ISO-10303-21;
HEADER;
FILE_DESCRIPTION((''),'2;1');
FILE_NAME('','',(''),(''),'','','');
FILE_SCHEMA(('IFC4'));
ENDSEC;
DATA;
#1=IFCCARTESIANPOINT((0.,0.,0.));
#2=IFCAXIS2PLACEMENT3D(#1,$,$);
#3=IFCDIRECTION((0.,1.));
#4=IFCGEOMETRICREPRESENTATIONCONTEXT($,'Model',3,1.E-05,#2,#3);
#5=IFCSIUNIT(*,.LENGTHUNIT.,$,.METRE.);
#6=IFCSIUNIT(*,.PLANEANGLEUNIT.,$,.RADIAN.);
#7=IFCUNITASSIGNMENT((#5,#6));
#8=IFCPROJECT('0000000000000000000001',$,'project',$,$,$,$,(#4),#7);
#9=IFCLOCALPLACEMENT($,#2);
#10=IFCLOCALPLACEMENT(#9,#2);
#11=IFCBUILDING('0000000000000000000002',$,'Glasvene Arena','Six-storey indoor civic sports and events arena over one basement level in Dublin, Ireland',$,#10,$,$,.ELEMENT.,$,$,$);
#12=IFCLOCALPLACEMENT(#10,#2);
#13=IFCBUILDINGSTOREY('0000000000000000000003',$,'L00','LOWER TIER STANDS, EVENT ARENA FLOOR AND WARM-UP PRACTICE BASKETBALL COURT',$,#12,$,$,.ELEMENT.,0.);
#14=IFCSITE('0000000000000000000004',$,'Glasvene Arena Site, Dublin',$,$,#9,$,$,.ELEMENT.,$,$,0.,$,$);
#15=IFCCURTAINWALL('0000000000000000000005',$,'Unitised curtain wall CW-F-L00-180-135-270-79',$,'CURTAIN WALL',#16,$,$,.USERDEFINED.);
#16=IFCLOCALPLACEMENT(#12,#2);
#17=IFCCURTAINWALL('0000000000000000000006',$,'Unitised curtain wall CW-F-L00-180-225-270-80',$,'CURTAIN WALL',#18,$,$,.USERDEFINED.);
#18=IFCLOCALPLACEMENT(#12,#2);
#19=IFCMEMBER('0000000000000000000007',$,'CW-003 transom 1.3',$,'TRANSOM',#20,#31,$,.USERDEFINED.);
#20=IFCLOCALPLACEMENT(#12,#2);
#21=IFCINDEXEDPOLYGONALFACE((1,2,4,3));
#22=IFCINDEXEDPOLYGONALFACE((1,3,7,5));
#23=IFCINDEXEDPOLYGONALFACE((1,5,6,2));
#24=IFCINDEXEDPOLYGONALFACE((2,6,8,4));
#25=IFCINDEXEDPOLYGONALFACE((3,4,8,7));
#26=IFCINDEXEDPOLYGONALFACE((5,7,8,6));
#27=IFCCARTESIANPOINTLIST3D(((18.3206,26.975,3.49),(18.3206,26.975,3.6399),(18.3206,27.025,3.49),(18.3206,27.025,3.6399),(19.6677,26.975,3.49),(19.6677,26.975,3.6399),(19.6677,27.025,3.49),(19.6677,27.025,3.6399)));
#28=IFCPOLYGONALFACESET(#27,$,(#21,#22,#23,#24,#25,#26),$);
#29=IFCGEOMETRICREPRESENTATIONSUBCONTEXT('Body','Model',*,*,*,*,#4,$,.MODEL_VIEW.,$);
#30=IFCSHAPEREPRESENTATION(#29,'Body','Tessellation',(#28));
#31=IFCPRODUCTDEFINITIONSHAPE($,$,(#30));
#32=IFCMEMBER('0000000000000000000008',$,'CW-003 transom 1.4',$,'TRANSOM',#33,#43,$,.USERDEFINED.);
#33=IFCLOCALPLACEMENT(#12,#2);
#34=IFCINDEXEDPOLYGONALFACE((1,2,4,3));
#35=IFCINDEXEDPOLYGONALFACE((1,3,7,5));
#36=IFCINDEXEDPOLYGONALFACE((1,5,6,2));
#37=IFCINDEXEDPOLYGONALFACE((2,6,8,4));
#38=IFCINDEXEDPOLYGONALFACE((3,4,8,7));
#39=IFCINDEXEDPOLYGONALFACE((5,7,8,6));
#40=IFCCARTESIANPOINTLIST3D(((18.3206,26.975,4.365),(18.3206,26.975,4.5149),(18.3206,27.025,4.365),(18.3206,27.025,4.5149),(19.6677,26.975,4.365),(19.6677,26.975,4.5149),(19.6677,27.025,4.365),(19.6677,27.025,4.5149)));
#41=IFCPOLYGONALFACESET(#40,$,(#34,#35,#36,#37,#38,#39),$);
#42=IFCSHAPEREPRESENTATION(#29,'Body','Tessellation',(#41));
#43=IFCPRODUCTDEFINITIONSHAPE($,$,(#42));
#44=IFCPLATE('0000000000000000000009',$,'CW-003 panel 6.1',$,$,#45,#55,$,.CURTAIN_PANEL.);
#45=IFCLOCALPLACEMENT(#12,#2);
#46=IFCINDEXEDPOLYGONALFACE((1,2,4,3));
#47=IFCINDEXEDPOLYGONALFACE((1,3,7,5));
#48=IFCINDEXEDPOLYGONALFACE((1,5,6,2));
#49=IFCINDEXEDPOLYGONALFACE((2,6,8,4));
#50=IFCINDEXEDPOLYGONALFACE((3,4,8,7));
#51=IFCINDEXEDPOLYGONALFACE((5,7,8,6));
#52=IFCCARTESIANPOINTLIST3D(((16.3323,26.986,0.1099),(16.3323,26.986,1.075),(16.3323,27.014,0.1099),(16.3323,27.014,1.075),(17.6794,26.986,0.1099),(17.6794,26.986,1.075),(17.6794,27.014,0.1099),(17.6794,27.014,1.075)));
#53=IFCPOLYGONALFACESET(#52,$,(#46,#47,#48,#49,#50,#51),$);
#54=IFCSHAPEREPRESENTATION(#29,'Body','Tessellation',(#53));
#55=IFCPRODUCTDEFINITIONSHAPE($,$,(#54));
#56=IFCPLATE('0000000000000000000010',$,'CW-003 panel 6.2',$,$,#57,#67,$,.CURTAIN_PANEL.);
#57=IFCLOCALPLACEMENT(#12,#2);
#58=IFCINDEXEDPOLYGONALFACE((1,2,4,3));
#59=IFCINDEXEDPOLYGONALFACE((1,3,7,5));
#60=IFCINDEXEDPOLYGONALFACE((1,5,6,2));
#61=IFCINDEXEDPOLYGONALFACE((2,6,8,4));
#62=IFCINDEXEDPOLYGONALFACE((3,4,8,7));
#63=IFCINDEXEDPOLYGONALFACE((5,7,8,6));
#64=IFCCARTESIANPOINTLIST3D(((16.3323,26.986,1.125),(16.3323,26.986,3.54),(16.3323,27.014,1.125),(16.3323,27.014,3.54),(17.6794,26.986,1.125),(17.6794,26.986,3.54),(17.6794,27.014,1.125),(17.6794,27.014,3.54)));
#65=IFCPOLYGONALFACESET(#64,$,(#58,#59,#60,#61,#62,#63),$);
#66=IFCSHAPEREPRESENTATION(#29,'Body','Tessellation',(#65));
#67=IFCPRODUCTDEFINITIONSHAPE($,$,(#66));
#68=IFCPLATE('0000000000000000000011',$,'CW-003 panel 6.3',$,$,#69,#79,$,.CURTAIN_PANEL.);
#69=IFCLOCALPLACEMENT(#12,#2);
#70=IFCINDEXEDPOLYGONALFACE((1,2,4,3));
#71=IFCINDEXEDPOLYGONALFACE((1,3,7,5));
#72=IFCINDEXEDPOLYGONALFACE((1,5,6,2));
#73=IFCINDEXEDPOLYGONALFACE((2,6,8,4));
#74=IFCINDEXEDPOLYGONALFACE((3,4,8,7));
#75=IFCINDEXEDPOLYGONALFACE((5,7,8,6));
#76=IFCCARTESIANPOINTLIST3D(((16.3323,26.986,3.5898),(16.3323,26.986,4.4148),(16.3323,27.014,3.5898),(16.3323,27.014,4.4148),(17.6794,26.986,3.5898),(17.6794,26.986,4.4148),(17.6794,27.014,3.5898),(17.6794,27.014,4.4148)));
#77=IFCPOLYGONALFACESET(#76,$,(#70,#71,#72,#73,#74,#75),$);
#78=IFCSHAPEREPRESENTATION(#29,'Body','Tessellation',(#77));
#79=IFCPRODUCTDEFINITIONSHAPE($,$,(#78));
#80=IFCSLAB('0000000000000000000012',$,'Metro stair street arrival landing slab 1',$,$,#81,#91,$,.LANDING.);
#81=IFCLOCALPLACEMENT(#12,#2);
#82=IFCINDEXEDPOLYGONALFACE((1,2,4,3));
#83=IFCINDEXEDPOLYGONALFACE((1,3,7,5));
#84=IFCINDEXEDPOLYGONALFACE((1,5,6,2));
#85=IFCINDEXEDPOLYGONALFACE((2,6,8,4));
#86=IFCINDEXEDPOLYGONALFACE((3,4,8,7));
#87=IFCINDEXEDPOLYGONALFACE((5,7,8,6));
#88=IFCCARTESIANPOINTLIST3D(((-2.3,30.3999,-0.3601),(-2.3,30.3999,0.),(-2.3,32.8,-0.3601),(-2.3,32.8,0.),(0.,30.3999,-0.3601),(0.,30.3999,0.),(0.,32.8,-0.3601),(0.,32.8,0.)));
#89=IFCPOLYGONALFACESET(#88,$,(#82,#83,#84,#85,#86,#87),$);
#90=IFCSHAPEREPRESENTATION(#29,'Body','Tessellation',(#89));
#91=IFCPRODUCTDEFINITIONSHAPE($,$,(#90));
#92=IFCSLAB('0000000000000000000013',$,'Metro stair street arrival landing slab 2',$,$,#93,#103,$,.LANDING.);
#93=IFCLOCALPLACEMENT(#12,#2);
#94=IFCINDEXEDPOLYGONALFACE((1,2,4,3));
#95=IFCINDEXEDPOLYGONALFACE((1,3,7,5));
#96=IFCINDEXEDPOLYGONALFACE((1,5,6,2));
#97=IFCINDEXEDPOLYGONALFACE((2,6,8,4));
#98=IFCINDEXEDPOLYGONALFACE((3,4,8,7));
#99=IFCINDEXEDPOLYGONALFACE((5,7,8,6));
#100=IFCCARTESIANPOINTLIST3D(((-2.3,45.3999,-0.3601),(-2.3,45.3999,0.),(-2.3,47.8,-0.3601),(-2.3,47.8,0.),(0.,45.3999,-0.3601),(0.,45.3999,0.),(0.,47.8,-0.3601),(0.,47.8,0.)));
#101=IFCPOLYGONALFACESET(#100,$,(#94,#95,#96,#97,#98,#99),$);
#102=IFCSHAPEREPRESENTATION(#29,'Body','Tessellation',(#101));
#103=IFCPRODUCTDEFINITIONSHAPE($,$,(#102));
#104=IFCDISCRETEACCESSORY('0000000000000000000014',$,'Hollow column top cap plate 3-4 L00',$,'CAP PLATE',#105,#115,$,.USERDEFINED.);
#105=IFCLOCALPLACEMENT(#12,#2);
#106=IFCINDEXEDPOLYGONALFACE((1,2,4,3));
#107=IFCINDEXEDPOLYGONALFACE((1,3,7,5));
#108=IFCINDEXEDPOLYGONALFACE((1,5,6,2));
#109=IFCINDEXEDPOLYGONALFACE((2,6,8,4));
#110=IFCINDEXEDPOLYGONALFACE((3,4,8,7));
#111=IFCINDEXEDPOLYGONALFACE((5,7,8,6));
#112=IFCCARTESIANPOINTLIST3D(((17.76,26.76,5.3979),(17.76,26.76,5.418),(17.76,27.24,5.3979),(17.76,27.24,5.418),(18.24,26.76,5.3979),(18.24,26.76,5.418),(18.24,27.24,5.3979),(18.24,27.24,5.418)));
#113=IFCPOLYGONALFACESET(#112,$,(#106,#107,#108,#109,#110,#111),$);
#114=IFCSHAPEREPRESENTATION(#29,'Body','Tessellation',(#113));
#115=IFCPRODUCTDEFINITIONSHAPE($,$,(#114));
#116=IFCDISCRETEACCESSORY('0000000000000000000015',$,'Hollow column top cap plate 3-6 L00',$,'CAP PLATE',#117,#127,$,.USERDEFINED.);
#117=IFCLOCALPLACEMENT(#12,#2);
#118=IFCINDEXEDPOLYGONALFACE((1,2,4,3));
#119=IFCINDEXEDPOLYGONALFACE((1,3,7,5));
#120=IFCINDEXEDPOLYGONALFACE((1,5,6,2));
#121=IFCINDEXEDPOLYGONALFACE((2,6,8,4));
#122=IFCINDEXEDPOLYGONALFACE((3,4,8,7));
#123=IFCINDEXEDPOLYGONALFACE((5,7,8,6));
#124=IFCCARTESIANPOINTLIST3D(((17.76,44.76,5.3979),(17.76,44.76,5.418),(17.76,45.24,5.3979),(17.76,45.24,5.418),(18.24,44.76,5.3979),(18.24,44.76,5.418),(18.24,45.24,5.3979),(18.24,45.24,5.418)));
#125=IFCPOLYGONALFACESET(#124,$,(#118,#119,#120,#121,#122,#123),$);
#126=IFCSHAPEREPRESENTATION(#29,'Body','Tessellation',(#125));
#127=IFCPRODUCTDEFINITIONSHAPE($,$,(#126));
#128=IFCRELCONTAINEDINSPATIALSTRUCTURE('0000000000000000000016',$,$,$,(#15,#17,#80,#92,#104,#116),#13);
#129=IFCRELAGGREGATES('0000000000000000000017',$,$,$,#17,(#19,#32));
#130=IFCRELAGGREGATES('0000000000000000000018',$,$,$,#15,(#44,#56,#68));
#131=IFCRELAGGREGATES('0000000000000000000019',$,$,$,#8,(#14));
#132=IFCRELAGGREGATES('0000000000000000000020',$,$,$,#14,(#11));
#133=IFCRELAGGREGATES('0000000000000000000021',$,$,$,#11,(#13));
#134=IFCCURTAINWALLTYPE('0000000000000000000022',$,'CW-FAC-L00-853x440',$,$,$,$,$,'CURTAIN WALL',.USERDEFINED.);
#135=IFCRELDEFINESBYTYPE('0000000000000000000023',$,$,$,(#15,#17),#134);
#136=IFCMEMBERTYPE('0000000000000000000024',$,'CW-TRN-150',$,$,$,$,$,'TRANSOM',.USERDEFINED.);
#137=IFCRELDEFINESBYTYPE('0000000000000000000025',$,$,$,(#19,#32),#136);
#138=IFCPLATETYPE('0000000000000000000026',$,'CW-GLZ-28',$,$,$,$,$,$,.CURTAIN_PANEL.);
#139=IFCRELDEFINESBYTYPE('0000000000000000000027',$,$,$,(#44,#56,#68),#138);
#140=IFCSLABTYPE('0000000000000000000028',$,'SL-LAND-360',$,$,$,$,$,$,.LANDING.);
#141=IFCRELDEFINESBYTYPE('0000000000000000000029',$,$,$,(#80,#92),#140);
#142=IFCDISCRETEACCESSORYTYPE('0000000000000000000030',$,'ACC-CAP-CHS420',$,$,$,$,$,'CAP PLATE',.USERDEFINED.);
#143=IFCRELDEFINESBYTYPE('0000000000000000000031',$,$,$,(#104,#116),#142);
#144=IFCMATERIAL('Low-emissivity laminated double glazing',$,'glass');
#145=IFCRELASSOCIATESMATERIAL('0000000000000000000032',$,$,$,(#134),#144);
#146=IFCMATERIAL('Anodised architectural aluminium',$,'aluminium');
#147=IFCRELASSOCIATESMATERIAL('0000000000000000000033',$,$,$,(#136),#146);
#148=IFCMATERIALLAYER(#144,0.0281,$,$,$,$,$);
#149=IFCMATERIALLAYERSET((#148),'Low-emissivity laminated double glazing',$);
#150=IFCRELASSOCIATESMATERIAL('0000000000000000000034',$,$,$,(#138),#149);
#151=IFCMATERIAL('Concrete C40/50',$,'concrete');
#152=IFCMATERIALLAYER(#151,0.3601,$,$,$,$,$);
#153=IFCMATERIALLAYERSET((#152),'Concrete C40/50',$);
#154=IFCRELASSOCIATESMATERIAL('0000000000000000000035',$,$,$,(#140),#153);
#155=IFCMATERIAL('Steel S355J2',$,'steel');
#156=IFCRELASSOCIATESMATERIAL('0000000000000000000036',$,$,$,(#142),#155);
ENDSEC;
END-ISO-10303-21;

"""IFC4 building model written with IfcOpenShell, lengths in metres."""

from ifc_helpers import new_model, si_unit, direction, frame, origin, origin_2d, place, context, subcontext, project, spatial, polyline, rectangle, outline, extrude, material, layer, layer_set, material_profile, profile_set, type_object, element, aggregate, save


model = new_model("IFC4")

# Units and contexts
model_context = context("Model", 3, precision=1e-05, world=origin(), true_north=direction((0.0, 1.0)))
body_context = subcontext(model_context, "Body", "Model", "MODEL_VIEW")
ifc_project = project(units=[si_unit("LENGTHUNIT", "METRE"), si_unit("PLANEANGLEUNIT", "RADIAN")], contexts=[model_context])

# Site, building, storey
site_placement = place(None, origin())
site = spatial("IfcSite", under=ifc_project, at=site_placement, Name="Glasvene Arena Site, Dublin", CompositionType="ELEMENT", RefElevation=0.0)
building_placement = place(site_placement, origin())
building = spatial("IfcBuilding", under=site, at=building_placement, Name="Glasvene Arena", Description="Six-storey indoor civic sports and events arena over one basement level in Dublin, Ireland", CompositionType="ELEMENT")
storey_placement = place(building_placement, origin())
storey = spatial("IfcBuildingStorey", under=building, at=storey_placement, Name="L00", Description="LOWER TIER STANDS, EVENT ARENA FLOOR AND WARM-UP PRACTICE BASKETBALL COURT", CompositionType="ELEMENT", Elevation=0.0)

# Shared definitions
ifc_material_1 = material(Name="Steel S355J2", Category="steel")

# Curtain walls
ifc_material_2 = material(Name="Low-emissivity laminated double glazing", Category="glass")
curtain_wall_type = type_object("IfcCurtainWallType", Name="CW-FAC-L00-853x440", ElementType="CURTAIN WALL", PredefinedType="USERDEFINED", material=ifc_material_2)
curtain_wall_1_placement = place(storey_placement, frame((9.1965, 27.0, 0.0)))
curtain_wall_1 = element("IfcCurtainWall", 1, at=curtain_wall_1_placement, inside=storey, type_object=curtain_wall_type, Name="Unitised curtain wall CW-F-L00-180-135-270-79", ObjectType="CURTAIN WALL", PredefinedType="USERDEFINED")
ifc_material_3 = material(Name="Anodised architectural aluminium", Category="aluminium")
curtain_wall_2_placement = place(storey_placement, frame((18.2705, 27.0, 0.0)))
curtain_wall_2 = element("IfcCurtainWall", 2, at=curtain_wall_2_placement, inside=storey, type_object=curtain_wall_type, Name="Unitised curtain wall CW-F-L00-180-225-270-80", ObjectType="CURTAIN WALL", PredefinedType="USERDEFINED")

# Members
ifc_material_profile_1 = material_profile(ifc_material_3, rectangle(XDim=0.05, YDim=0.1499, at=origin_2d()), Name="ALU TRANSOM 50x150")
ifc_profile_set_1 = profile_set([ifc_material_profile_1], Name="Anodised architectural aluminium")
member_type_1 = type_object("IfcMemberType", Name="CW-TRN-150", ElementType="TRANSOM", PredefinedType="USERDEFINED", material=ifc_profile_set_1)
member_1_placement = place(storey_placement, frame((18.3206, 27.0, 3.5649), z_axis=(1.0, 0.0, 0.0), x_axis=(0.0, 1.0, 0.0)))
member_1 = element("IfcMember", 3, at=member_1_placement, type_object=member_type_1, Name="CW-003 transom 1.3", ObjectType="TRANSOM", PredefinedType="USERDEFINED", context=body_context, shape_type="SweptSolid", body=[
    extrude(rectangle(XDim=0.05, YDim=0.1499, at=origin_2d()), origin(), (0.0, 0.0, 1.0), 1.3472),
])
member_2_placement = place(storey_placement, frame((18.3206, 27.0, 4.4399), z_axis=(1.0, 0.0, 0.0), x_axis=(0.0, 1.0, 0.0)))
member_2 = element("IfcMember", 4, at=member_2_placement, type_object=member_type_1, Name="CW-003 transom 1.4", ObjectType="TRANSOM", PredefinedType="USERDEFINED", context=body_context, shape_type="SweptSolid", body=[
    extrude(rectangle(XDim=0.05, YDim=0.1499, at=origin_2d()), origin(), (0.0, 0.0, 1.0), 1.3472),
])
aggregate(curtain_wall_2, [member_1, member_2])

# Plates
ifc_layer_1 = layer(ifc_material_2, 0.0281)
ifc_layer_set_1 = layer_set([ifc_layer_1], Name="Low-emissivity laminated double glazing")
plate_type = type_object("IfcPlateType", Name="CW-GLZ-28", PredefinedType="CURTAIN_PANEL", material=ifc_layer_set_1)
plate_1_placement = place(storey_placement, frame((17.0059, 27.0, 0.1099), z_axis=(0.0, 0.0, 1.0), x_axis=(1.0, 0.0, 0.0)))
plate_1 = element("IfcPlate", 5, at=plate_1_placement, type_object=plate_type, Name="CW-003 panel 6.1", PredefinedType="CURTAIN_PANEL", context=body_context, shape_type="SweptSolid", body=[
    extrude(rectangle(XDim=1.3472, YDim=0.0281, at=origin_2d()), origin(), (0.0, 0.0, 1.0), 0.9651),
])
plate_2_placement = place(storey_placement, frame((17.0059, 27.0, 1.125), z_axis=(0.0, 0.0, 1.0), x_axis=(1.0, 0.0, 0.0)))
plate_2 = element("IfcPlate", 6, at=plate_2_placement, type_object=plate_type, Name="CW-003 panel 6.2", PredefinedType="CURTAIN_PANEL", context=body_context, shape_type="SweptSolid", body=[
    extrude(rectangle(XDim=1.3472, YDim=0.0281, at=origin_2d()), origin(), (0.0, 0.0, 1.0), 2.415),
])
plate_3_placement = place(storey_placement, frame((17.0059, 27.0, 3.5898), z_axis=(0.0, 0.0, 1.0), x_axis=(1.0, 0.0, 0.0)))
plate_3 = element("IfcPlate", 7, at=plate_3_placement, type_object=plate_type, Name="CW-003 panel 6.3", PredefinedType="CURTAIN_PANEL", context=body_context, shape_type="SweptSolid", body=[
    extrude(rectangle(XDim=1.3472, YDim=0.0281, at=origin_2d()), origin(), (0.0, 0.0, 1.0), 0.825),
])
aggregate(curtain_wall_1, [plate_1, plate_2, plate_3])

# Slabs
ifc_material_4 = material(Name="Concrete C40/50", Category="concrete")
ifc_layer_2 = layer(ifc_material_4, 0.3601)
ifc_layer_set_2 = layer_set([ifc_layer_2], Name="Concrete C40/50")
slab_type = type_object("IfcSlabType", Name="SL-LAND-360", PredefinedType="LANDING", material=ifc_layer_set_2)
for number, where, name in (
    (8, (-1.1499, 31.6001, -0.3601), "Metro stair street arrival landing slab 1"),
    (9, (-1.1499, 46.6001, -0.3601), "Metro stair street arrival landing slab 2"),
):
    element("IfcSlab", number, at=place(storey_placement, frame(where)), inside=storey, type_object=slab_type, Name=name, PredefinedType="LANDING", context=body_context, shape_type="SweptSolid", body=[
        extrude(outline(polyline([(-1.1501, -1.2002), (1.1499, -1.2002), (1.1499, 1.2), (-1.1501, 1.2), (-1.1501, -1.2002)])), origin(), (0.0, 0.0, 1.0), 0.3601),
    ])

# Discrete accessories
discrete_accessory_type = type_object("IfcDiscreteAccessoryType", Name="ACC-CAP-CHS420", ElementType="CAP PLATE", PredefinedType="USERDEFINED", material=ifc_material_1)
for number, where, z_axis, x_axis, name in (
    (10, (18.0, 27.0, 5.3979), (0.0, 0.0, 1.0), (1.0, 0.0, 0.0), "Hollow column top cap plate 3-4 L00"),
    (11, (18.0, 45.0, 5.3979), (0.0, 0.0, 1.0), (1.0, 0.0, 0.0), "Hollow column top cap plate 3-6 L00"),
):
    element("IfcDiscreteAccessory", number, at=place(storey_placement, frame(where, z_axis=z_axis, x_axis=x_axis)), inside=storey, type_object=discrete_accessory_type, Name=name, ObjectType="CAP PLATE", PredefinedType="USERDEFINED", context=body_context, shape_type="SweptSolid", body=[
        extrude(rectangle(XDim=0.48, YDim=0.48, at=origin_2d()), origin(), (0.0, 0.0, 1.0), 0.02),
    ])

save(model, "model.ifc")
